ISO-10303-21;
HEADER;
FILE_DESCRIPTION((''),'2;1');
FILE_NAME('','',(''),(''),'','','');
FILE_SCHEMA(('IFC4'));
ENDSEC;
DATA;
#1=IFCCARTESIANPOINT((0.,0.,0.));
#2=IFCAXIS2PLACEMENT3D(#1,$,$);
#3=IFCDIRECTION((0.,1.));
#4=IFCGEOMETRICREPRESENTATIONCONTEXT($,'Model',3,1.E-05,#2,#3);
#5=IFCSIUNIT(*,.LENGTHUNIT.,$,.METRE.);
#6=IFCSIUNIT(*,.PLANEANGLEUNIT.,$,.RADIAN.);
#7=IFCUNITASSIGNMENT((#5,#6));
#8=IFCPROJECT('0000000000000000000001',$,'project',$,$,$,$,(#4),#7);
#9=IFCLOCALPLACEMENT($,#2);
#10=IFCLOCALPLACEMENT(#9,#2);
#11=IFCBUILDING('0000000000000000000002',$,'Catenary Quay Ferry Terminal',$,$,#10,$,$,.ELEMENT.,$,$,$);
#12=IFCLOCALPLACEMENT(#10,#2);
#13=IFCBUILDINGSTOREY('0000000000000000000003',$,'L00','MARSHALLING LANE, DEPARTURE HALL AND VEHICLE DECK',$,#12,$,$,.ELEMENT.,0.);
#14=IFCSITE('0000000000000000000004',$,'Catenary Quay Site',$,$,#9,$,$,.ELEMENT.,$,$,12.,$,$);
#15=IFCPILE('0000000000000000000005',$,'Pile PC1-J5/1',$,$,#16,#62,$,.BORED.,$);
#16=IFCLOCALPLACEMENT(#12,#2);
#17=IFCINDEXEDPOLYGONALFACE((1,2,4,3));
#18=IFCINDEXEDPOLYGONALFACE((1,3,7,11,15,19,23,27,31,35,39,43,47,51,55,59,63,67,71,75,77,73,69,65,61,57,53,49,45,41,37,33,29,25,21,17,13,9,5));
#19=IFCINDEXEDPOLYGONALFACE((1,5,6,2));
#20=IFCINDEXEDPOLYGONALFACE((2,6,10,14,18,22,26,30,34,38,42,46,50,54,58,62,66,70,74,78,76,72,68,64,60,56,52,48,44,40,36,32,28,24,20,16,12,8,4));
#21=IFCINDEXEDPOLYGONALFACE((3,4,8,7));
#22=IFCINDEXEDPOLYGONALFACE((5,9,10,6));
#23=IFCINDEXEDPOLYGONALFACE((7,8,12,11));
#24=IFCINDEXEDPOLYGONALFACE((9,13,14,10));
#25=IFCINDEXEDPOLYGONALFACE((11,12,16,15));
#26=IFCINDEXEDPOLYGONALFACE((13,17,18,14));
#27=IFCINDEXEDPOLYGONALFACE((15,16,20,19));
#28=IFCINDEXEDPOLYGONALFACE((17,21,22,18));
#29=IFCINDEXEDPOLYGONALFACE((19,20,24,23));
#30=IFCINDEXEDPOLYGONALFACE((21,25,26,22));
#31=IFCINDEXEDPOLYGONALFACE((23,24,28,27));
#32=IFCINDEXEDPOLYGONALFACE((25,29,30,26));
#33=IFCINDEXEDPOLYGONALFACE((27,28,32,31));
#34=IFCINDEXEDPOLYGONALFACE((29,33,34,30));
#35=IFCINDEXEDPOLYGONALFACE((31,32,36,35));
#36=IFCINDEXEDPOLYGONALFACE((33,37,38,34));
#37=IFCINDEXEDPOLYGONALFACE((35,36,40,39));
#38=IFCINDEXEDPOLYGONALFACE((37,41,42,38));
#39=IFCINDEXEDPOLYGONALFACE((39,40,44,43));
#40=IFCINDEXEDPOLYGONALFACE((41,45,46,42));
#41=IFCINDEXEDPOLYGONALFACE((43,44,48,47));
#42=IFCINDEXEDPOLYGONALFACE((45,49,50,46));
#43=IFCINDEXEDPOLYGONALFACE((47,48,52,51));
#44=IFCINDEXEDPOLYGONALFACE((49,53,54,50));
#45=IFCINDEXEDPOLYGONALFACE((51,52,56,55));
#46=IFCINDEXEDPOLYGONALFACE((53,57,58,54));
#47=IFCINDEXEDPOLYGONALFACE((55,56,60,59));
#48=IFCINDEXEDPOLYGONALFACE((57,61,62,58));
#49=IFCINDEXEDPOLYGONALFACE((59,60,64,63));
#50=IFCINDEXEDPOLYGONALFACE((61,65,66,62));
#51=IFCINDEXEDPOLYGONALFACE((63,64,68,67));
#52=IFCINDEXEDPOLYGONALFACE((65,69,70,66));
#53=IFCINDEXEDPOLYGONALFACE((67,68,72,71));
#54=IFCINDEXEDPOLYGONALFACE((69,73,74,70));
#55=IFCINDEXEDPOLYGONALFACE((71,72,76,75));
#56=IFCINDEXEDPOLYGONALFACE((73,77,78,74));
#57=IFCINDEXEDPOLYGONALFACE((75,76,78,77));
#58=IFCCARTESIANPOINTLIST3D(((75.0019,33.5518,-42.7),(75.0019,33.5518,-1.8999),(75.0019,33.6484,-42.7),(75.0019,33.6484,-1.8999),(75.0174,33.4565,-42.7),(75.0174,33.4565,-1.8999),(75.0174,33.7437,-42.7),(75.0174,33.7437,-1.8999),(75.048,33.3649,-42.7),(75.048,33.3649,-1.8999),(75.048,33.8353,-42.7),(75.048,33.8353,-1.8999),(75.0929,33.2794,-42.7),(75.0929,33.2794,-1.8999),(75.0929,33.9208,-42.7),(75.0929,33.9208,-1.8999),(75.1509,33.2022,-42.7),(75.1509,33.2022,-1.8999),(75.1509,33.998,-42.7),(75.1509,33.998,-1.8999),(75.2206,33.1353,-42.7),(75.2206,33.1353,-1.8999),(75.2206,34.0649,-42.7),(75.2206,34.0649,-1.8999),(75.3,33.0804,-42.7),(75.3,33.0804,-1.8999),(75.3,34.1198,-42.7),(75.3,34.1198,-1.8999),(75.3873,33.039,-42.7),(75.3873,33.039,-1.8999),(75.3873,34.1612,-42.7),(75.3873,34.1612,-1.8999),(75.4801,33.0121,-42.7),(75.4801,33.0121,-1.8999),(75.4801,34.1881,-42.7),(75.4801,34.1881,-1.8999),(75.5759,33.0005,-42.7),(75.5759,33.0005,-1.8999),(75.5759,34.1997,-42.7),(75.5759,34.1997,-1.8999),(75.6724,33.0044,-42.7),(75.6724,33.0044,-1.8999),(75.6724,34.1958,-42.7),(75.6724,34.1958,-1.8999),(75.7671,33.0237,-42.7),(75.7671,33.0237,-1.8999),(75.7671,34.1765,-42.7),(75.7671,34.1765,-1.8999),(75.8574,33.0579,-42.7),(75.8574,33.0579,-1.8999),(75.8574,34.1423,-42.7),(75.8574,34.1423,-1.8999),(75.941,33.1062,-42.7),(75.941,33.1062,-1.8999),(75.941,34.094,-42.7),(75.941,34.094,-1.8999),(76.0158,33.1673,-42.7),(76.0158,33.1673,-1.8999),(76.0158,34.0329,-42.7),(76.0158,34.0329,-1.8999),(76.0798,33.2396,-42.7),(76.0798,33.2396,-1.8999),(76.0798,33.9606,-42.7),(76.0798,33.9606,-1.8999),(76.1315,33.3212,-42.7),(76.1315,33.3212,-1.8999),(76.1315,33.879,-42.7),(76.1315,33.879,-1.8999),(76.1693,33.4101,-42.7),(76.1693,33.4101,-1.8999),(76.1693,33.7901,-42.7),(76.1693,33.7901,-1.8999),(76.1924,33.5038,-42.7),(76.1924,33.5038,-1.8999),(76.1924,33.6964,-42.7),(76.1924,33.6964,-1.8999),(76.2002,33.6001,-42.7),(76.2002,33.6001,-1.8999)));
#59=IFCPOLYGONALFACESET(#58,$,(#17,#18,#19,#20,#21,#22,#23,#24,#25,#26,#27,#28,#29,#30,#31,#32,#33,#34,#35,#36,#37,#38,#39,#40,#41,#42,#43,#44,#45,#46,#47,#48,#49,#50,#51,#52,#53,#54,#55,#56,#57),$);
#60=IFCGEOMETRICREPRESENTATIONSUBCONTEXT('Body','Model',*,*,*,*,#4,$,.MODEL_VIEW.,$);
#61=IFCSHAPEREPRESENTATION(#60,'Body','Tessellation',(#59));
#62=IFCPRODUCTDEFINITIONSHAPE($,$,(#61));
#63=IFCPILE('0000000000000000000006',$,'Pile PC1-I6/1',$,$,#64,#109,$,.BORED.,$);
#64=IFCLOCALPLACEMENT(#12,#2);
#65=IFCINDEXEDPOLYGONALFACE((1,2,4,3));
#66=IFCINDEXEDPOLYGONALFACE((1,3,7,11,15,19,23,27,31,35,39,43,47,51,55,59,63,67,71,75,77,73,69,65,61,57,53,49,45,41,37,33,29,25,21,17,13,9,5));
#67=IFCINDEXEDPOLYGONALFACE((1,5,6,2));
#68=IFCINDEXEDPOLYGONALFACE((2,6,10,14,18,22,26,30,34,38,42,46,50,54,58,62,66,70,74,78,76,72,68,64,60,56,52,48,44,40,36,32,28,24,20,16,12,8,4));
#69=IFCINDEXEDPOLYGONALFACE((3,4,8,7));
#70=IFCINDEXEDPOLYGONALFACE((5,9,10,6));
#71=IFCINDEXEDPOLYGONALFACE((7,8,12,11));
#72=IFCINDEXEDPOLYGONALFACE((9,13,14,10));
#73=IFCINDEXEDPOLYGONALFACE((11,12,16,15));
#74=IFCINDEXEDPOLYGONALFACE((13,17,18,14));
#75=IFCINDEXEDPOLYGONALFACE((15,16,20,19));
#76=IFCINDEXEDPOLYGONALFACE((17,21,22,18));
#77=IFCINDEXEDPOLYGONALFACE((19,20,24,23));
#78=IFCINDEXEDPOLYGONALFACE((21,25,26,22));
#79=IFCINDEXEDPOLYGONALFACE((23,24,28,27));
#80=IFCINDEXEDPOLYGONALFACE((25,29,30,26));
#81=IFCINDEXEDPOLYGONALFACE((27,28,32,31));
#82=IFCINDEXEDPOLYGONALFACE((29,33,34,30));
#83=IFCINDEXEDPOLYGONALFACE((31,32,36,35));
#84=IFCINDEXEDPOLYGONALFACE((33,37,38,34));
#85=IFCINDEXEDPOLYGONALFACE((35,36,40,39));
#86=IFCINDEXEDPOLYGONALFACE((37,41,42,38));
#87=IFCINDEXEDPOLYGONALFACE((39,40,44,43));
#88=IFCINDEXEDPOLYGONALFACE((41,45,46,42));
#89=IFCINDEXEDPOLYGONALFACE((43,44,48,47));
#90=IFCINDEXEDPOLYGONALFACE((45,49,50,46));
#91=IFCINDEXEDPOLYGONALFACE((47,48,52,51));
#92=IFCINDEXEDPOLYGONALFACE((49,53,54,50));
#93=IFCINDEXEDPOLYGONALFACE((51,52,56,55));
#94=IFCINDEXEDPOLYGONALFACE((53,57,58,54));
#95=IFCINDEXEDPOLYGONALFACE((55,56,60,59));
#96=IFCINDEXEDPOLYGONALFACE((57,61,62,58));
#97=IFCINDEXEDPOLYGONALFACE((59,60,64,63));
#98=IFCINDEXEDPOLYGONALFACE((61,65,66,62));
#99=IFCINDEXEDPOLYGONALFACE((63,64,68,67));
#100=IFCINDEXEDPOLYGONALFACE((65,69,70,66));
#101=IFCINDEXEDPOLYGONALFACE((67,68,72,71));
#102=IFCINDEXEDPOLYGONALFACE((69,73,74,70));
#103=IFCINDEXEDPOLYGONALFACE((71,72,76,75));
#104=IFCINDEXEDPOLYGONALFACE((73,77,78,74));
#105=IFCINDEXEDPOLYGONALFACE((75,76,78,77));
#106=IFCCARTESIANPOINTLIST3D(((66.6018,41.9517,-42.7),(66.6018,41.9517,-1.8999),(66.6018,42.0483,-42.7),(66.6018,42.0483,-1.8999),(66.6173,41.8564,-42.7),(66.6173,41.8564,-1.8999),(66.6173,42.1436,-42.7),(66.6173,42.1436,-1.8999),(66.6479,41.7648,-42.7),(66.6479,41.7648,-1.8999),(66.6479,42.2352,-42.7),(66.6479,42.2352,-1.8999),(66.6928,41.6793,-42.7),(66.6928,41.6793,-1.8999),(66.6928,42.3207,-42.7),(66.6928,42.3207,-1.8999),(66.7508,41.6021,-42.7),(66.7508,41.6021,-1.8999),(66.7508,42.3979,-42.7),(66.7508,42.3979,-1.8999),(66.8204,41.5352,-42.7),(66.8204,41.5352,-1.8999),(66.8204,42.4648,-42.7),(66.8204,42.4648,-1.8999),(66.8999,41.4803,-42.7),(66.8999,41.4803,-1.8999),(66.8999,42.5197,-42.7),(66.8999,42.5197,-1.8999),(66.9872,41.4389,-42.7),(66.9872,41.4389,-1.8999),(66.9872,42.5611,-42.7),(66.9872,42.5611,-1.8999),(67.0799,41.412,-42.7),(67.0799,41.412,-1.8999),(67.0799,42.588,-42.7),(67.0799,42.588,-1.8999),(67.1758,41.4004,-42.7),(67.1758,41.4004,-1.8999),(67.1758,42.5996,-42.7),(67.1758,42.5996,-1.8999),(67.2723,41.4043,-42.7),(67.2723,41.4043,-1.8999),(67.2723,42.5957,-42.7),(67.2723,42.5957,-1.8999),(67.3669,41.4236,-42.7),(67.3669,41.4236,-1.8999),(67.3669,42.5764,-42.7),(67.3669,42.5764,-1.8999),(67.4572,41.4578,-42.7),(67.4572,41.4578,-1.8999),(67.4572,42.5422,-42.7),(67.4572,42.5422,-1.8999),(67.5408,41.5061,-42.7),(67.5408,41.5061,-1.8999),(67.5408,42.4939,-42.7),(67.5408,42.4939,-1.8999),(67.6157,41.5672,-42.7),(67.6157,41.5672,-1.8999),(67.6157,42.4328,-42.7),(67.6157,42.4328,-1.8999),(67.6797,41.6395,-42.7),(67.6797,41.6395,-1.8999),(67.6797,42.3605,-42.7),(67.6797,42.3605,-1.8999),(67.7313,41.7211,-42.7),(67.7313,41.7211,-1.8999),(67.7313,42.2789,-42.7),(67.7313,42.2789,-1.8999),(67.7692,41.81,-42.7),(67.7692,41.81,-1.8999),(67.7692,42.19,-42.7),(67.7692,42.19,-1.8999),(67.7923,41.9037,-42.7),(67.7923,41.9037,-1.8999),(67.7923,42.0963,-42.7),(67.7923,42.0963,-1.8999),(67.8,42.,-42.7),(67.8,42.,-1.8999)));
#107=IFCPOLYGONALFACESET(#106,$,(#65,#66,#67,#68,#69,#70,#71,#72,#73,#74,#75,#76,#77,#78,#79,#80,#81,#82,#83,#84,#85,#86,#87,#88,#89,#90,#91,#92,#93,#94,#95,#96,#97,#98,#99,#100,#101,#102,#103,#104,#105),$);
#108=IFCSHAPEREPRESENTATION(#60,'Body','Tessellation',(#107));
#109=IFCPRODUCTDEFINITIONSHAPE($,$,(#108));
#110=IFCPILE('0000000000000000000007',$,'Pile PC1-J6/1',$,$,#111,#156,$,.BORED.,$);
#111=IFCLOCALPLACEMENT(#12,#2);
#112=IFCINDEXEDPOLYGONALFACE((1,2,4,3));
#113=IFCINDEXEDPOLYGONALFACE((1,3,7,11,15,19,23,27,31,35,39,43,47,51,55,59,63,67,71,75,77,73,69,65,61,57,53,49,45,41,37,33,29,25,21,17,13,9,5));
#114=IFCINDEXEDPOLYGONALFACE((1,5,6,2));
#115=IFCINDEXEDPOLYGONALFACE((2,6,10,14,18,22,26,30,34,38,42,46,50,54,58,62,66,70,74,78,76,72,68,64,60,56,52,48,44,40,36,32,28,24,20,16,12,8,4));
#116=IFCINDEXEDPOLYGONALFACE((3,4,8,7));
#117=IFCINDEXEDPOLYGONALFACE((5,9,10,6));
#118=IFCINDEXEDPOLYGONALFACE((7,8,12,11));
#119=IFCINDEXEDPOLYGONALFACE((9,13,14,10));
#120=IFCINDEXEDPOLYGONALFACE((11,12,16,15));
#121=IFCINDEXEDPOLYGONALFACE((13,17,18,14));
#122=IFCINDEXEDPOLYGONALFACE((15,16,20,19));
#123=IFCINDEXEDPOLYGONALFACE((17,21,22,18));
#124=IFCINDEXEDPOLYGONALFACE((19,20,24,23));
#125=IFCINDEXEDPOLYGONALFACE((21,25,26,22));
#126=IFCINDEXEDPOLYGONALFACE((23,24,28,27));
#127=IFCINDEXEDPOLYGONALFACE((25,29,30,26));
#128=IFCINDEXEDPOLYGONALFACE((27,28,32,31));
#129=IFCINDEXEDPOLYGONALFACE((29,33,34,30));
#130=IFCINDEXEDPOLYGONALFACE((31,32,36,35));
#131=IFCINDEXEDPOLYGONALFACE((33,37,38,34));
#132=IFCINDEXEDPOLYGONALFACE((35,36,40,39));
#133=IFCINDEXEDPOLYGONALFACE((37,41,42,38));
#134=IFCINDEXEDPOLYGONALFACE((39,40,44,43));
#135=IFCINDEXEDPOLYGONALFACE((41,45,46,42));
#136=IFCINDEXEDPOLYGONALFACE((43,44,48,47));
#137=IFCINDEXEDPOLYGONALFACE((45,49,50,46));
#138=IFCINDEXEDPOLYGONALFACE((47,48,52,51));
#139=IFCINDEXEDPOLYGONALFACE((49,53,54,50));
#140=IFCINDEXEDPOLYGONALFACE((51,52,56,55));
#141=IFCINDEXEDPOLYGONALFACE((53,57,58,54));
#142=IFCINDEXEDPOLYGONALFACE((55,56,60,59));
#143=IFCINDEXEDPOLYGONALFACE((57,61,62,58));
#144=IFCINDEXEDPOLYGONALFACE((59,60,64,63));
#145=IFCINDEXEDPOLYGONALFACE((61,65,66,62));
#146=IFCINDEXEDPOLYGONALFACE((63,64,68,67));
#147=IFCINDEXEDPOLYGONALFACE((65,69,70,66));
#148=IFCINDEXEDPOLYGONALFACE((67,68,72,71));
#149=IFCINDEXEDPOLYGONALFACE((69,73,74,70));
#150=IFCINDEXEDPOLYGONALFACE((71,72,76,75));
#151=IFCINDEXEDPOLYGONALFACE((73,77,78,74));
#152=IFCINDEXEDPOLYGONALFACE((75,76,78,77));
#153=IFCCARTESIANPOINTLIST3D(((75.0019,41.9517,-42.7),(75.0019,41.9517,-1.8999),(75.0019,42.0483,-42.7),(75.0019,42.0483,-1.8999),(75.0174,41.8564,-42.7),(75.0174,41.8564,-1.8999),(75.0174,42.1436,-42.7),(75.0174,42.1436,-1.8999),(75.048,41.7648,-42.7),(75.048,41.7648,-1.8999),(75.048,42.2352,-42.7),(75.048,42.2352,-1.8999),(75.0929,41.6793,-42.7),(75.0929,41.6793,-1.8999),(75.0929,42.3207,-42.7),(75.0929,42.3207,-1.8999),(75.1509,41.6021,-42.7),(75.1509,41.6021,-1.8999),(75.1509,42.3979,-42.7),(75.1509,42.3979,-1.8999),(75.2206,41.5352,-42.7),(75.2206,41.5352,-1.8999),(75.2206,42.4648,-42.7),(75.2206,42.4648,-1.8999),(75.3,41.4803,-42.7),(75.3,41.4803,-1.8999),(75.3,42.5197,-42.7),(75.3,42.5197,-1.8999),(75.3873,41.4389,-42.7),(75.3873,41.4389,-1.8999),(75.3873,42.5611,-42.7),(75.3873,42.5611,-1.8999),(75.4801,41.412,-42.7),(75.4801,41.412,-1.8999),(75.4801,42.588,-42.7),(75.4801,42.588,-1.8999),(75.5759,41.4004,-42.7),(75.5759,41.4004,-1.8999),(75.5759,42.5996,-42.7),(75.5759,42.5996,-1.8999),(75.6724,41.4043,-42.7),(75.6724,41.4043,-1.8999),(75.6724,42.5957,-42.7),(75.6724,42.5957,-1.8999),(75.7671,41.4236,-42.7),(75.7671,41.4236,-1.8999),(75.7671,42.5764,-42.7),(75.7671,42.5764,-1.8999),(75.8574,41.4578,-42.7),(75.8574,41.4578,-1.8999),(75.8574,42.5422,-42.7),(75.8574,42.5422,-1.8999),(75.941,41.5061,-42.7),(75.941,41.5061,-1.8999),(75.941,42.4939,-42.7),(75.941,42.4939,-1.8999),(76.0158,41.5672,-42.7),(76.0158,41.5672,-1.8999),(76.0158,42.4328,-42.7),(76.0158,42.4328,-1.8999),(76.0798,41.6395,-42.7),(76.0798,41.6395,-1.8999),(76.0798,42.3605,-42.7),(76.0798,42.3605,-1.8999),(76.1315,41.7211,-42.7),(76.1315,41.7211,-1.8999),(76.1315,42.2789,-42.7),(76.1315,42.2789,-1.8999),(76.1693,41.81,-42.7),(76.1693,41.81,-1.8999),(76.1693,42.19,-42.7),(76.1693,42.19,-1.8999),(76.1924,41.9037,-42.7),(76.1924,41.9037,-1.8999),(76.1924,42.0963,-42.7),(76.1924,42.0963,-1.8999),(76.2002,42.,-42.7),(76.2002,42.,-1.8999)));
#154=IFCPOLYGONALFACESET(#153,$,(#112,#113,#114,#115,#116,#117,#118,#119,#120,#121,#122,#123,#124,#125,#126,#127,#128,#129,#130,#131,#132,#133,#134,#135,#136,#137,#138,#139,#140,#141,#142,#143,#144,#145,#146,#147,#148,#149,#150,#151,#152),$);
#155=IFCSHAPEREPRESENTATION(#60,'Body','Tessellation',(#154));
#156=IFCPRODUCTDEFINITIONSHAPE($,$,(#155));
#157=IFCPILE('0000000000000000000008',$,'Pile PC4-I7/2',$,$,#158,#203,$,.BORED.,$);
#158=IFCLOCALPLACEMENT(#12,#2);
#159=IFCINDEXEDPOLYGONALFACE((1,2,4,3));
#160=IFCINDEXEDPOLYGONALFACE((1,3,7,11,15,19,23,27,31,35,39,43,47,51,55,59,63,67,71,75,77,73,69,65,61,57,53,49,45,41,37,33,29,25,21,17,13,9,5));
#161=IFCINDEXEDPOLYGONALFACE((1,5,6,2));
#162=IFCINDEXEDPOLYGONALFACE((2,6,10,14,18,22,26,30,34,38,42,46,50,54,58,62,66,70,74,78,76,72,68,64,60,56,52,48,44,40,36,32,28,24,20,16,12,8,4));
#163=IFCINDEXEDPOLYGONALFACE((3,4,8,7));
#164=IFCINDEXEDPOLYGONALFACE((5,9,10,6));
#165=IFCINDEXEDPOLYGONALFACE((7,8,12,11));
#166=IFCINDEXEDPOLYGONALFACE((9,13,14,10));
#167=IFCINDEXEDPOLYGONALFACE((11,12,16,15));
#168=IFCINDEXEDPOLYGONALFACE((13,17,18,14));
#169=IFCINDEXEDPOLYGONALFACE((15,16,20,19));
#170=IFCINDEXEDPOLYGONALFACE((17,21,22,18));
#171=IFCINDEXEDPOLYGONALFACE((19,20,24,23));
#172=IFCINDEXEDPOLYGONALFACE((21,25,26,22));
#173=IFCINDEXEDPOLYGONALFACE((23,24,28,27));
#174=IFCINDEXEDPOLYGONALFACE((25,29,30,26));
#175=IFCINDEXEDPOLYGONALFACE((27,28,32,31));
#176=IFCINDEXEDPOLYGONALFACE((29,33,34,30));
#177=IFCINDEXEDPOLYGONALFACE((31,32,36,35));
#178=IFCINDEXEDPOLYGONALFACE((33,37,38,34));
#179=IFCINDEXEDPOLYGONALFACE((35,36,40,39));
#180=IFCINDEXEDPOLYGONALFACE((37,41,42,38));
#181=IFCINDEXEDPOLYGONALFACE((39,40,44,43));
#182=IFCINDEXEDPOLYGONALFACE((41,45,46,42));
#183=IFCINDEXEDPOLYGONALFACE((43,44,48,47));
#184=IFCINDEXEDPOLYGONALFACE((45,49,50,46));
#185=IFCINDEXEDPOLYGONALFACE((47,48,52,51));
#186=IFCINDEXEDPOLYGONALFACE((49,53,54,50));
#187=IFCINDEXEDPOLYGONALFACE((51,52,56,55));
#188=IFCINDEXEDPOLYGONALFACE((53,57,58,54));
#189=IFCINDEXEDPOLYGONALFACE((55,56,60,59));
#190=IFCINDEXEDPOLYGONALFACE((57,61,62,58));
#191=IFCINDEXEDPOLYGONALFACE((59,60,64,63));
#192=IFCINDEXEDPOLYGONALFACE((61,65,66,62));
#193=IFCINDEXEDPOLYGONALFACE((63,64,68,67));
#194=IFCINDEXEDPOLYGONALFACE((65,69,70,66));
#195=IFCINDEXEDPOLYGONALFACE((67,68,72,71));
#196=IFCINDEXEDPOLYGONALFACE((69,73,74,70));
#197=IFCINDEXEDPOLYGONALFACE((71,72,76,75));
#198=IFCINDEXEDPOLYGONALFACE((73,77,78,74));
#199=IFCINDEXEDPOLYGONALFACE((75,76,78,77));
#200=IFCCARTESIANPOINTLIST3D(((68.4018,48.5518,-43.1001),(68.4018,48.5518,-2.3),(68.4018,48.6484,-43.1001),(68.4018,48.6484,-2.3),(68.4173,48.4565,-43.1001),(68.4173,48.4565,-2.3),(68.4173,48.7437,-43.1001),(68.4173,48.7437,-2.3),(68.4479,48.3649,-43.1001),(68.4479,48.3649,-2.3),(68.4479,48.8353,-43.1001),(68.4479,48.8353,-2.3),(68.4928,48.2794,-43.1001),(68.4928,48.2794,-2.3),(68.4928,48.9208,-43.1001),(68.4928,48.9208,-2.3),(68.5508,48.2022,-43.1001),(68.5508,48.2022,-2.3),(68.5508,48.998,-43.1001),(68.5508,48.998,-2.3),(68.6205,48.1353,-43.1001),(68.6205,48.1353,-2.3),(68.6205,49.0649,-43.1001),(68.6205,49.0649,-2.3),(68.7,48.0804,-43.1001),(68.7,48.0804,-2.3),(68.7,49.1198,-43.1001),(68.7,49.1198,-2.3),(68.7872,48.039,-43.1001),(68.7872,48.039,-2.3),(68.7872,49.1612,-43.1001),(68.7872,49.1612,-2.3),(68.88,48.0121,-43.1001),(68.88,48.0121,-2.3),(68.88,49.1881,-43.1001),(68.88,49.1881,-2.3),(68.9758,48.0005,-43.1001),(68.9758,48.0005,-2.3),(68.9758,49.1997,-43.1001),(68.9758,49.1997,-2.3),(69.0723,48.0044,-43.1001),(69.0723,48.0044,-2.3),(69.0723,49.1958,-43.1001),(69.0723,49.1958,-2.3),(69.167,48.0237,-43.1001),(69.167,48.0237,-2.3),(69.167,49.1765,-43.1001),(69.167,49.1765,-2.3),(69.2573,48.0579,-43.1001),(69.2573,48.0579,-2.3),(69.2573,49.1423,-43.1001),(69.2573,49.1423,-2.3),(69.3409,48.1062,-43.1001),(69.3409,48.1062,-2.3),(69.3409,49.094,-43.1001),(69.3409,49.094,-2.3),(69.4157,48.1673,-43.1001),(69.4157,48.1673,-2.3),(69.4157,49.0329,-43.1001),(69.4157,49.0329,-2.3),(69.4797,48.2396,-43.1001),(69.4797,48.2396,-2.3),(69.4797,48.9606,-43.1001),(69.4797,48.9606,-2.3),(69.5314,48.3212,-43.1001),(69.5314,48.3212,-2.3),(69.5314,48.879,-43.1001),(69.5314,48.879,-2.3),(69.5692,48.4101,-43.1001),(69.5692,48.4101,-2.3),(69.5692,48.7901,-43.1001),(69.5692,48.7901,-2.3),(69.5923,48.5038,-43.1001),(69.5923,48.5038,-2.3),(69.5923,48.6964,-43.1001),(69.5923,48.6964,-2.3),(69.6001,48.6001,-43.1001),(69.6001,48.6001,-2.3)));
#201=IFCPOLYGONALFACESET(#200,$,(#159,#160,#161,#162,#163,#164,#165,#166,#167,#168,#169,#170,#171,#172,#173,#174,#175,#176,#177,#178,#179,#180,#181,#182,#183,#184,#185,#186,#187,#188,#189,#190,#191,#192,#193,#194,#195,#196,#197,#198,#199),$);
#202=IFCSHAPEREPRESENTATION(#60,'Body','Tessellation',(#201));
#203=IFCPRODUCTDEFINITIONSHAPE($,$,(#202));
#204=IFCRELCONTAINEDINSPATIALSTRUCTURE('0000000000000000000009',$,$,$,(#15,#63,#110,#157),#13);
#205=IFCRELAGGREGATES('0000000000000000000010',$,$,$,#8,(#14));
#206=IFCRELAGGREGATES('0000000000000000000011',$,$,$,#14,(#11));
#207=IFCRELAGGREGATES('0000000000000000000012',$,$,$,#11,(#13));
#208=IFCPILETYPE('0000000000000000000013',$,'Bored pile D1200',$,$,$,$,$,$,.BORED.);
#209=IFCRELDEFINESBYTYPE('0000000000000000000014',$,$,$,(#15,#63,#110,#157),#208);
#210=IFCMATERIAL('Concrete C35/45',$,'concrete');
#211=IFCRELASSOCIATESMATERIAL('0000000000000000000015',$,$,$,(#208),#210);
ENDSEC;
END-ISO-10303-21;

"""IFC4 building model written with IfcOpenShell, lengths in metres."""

from ifc_helpers import new_model, si_unit, direction, frame, origin, origin_2d, place, context, subcontext, project, spatial, circle, extrude, material, material_profile, profile_set, type_object, element, save


model = new_model("IFC4")

# Units and contexts
model_context = context("Model", 3, precision=1e-05, world=origin(), true_north=direction((0.0, 1.0)))
body_context = subcontext(model_context, "Body", "Model", "MODEL_VIEW")
ifc_project = project(units=[si_unit("LENGTHUNIT", "METRE"), si_unit("PLANEANGLEUNIT", "RADIAN")], contexts=[model_context])

# Site, building, storey
site_placement = place(None, origin())
site = spatial("IfcSite", under=ifc_project, at=site_placement, Name="Catenary Quay Site", CompositionType="ELEMENT", RefElevation=12.0)
building_placement = place(site_placement, origin())
building = spatial("IfcBuilding", under=site, at=building_placement, Name="Catenary Quay Ferry Terminal", CompositionType="ELEMENT")
storey_placement = place(building_placement, origin())
storey = spatial("IfcBuildingStorey", under=building, at=storey_placement, Name="L00", Description="MARSHALLING LANE, DEPARTURE HALL AND VEHICLE DECK", CompositionType="ELEMENT", Elevation=0.0)

# Piles
ifc_material_1 = material(Name="Concrete C35/45", Category="concrete")
ifc_material_profile_1 = material_profile(ifc_material_1, circle(Radius=0.6001, at=origin_2d()), Name="D1200")
ifc_profile_set_1 = profile_set([ifc_material_profile_1], Name="Concrete C35/45")
pile_type = type_object("IfcPileType", Name="Bored pile D1200", PredefinedType="BORED", material=ifc_profile_set_1)
for number, where, z_axis, x_axis, name in (
    (1, (75.6001, 33.6001, -1.8999), (0.0, 0.0, -1.0), (1.0, 0.0, 0.0), "Pile PC1-J5/1"),
    (2, (67.2, 42.0, -1.8999), (0.0, 0.0, -1.0), (1.0, 0.0, 0.0), "Pile PC1-I6/1"),
    (3, (75.6001, 42.0, -1.8999), (0.0, 0.0, -1.0), (1.0, 0.0, 0.0), "Pile PC1-J6/1"),
    (4, (69.0, 48.6001, -2.3), (0.0, 0.0, -1.0), (1.0, 0.0, 0.0), "Pile PC4-I7/2"),
):
    element("IfcPile", number, at=place(storey_placement, frame(where, z_axis=z_axis, x_axis=x_axis)), inside=storey, type_object=pile_type, Name=name, PredefinedType="BORED", context=body_context, shape_type="SweptSolid", body=[
        extrude(circle(Radius=0.6001, at=origin_2d()), origin(), (0.0, 0.0, 1.0), 40.8),
    ])

save(model, "model.ifc")
